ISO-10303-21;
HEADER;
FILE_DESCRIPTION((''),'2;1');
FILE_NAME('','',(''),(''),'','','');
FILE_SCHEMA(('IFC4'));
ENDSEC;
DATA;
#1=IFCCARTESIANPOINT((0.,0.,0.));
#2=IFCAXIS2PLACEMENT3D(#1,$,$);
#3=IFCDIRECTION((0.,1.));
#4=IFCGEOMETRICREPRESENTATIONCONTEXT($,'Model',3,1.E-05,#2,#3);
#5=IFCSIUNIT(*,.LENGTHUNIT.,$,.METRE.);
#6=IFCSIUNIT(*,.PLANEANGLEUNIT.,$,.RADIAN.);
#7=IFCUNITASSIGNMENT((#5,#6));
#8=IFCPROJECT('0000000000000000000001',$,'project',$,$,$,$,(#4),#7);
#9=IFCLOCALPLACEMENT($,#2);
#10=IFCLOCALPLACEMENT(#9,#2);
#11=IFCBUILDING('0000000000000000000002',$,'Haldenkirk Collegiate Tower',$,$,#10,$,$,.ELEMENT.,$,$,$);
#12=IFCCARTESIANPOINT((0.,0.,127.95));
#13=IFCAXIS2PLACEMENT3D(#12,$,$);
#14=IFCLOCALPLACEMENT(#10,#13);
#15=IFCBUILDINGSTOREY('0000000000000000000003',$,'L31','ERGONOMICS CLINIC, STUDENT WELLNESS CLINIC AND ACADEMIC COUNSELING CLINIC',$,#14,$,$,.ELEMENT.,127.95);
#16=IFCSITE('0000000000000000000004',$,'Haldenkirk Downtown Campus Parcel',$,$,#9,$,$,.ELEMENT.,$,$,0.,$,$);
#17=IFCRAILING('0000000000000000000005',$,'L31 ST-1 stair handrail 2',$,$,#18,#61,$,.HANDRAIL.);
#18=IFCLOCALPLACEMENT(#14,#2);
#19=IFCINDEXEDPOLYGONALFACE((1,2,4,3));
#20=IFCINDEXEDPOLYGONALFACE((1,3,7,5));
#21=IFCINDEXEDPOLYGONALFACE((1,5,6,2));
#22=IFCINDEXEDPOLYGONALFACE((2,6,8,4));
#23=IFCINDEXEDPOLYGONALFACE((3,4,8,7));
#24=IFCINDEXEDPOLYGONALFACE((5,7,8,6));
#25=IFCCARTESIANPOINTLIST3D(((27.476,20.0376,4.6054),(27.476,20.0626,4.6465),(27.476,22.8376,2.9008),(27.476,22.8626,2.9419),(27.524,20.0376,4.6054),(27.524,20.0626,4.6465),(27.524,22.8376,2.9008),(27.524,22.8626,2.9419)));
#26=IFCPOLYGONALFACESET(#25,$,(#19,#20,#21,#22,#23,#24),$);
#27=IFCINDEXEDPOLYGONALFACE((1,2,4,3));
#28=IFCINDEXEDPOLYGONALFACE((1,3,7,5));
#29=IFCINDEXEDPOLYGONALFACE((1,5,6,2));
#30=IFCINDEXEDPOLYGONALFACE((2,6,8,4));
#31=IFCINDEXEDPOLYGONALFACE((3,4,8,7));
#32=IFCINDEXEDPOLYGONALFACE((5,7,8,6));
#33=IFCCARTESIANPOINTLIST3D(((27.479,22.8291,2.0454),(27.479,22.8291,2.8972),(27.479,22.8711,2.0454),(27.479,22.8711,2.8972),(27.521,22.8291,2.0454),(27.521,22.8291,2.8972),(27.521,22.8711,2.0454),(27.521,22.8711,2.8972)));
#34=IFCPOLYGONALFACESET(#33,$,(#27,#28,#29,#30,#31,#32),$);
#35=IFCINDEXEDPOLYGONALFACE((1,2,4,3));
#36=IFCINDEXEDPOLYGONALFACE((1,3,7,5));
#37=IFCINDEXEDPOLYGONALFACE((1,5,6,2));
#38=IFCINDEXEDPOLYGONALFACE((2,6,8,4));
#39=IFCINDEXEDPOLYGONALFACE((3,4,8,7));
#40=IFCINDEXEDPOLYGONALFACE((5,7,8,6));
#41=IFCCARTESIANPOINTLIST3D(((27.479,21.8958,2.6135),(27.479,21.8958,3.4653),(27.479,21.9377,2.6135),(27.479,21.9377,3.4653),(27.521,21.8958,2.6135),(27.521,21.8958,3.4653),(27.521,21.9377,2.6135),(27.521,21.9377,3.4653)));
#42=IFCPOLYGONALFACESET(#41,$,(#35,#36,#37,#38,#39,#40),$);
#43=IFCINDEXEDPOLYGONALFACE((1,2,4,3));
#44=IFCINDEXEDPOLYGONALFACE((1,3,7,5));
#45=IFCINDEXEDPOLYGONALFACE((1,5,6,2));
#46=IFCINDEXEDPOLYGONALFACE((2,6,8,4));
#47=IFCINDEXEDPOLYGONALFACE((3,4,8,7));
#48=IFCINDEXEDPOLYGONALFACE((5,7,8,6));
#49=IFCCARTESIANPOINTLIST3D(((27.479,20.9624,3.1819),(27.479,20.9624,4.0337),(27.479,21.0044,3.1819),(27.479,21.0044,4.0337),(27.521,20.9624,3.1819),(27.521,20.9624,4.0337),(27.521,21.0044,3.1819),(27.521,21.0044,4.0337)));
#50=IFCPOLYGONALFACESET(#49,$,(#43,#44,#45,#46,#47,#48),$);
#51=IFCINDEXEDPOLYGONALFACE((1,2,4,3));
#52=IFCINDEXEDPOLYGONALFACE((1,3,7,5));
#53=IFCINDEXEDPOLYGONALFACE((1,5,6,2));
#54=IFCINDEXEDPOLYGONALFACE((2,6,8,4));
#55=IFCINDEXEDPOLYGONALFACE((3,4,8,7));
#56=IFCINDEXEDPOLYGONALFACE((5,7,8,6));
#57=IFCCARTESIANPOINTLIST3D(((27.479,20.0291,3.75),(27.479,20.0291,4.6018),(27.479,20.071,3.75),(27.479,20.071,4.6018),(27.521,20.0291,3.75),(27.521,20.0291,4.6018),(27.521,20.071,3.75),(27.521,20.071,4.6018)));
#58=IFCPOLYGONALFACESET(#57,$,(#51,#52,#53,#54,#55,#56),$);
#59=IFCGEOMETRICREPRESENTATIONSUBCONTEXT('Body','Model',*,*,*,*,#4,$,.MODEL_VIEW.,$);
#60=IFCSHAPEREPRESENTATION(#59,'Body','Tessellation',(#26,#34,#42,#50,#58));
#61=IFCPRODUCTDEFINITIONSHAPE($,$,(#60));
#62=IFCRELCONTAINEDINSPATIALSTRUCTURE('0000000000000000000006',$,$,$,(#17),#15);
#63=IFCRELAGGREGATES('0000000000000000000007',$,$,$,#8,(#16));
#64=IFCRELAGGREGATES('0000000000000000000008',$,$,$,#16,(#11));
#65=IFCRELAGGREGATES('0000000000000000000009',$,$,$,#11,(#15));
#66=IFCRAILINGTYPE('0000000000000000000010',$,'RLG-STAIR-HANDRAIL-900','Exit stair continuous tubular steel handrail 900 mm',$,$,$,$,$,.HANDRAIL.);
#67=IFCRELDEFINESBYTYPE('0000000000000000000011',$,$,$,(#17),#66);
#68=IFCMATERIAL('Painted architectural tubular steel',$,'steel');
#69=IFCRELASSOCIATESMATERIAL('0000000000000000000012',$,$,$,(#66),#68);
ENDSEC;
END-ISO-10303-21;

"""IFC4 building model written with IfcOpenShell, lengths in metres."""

from ifc_helpers import new_model, si_unit, direction, frame, origin, origin_2d, place, context, subcontext, project, spatial, rectangle, extrude, material, type_object, element, save


model = new_model("IFC4")

# Units and contexts
model_context = context("Model", 3, precision=1e-05, world=origin(), true_north=direction((0.0, 1.0)))
body_context = subcontext(model_context, "Body", "Model", "MODEL_VIEW")
ifc_project = project(units=[si_unit("LENGTHUNIT", "METRE"), si_unit("PLANEANGLEUNIT", "RADIAN")], contexts=[model_context])

# Site, building, storey
site_placement = place(None, origin())
site = spatial("IfcSite", under=ifc_project, at=site_placement, Name="Haldenkirk Downtown Campus Parcel", CompositionType="ELEMENT", RefElevation=0.0)
building_placement = place(site_placement, origin())
building = spatial("IfcBuilding", under=site, at=building_placement, Name="Haldenkirk Collegiate Tower", CompositionType="ELEMENT")
storey_placement = place(building_placement, frame((0.0, 0.0, 127.95)))
storey = spatial("IfcBuildingStorey", under=building, at=storey_placement, Name="L31", Description="ERGONOMICS CLINIC, STUDENT WELLNESS CLINIC AND ACADEMIC COUNSELING CLINIC", CompositionType="ELEMENT", Elevation=127.95)

# Railing
ifc_material_1 = material(Name="Painted architectural tubular steel", Category="steel")
railing_type_1 = type_object("IfcRailingType", Name="RLG-STAIR-HANDRAIL-900", Description="Exit stair continuous tubular steel handrail 900 mm", PredefinedType="HANDRAIL", material=ifc_material_1)
railing_1_placement = place(storey_placement, frame((27.5, 22.8501, 2.0454)))
element("IfcRailing", 1, at=railing_1_placement, inside=storey, type_object=railing_type_1, Name="L31 ST-1 stair handrail 2", PredefinedType="HANDRAIL", context=body_context, shape_type="SweptSolid", body=[
    extrude(rectangle(XDim=0.0481, YDim=0.0481, at=origin_2d()), frame((0.0, 0.0, 0.876), z_axis=(0.0, -0.85417, 0.519994), x_axis=(1.0, 0.0, 0.0)), (0.0, 0.0, 1.0), 3.2781),
    extrude(rectangle(XDim=0.042, YDim=0.042, at=origin_2d()), origin(), (0.0, 0.0, 1.0), 0.8518),
    extrude(rectangle(XDim=0.042, YDim=0.042, at=origin_2d()), frame((0.0, -0.9333, 0.5681)), (0.0, 0.0, 1.0), 0.8518),
    extrude(rectangle(XDim=0.042, YDim=0.042, at=origin_2d()), frame((0.0, -1.8667, 1.1365)), (0.0, 0.0, 1.0), 0.8518),
    extrude(rectangle(XDim=0.042, YDim=0.042, at=origin_2d()), frame((0.0, -2.8, 1.7046)), (0.0, 0.0, 1.0), 0.8518),
])

save(model, "model.ifc")
